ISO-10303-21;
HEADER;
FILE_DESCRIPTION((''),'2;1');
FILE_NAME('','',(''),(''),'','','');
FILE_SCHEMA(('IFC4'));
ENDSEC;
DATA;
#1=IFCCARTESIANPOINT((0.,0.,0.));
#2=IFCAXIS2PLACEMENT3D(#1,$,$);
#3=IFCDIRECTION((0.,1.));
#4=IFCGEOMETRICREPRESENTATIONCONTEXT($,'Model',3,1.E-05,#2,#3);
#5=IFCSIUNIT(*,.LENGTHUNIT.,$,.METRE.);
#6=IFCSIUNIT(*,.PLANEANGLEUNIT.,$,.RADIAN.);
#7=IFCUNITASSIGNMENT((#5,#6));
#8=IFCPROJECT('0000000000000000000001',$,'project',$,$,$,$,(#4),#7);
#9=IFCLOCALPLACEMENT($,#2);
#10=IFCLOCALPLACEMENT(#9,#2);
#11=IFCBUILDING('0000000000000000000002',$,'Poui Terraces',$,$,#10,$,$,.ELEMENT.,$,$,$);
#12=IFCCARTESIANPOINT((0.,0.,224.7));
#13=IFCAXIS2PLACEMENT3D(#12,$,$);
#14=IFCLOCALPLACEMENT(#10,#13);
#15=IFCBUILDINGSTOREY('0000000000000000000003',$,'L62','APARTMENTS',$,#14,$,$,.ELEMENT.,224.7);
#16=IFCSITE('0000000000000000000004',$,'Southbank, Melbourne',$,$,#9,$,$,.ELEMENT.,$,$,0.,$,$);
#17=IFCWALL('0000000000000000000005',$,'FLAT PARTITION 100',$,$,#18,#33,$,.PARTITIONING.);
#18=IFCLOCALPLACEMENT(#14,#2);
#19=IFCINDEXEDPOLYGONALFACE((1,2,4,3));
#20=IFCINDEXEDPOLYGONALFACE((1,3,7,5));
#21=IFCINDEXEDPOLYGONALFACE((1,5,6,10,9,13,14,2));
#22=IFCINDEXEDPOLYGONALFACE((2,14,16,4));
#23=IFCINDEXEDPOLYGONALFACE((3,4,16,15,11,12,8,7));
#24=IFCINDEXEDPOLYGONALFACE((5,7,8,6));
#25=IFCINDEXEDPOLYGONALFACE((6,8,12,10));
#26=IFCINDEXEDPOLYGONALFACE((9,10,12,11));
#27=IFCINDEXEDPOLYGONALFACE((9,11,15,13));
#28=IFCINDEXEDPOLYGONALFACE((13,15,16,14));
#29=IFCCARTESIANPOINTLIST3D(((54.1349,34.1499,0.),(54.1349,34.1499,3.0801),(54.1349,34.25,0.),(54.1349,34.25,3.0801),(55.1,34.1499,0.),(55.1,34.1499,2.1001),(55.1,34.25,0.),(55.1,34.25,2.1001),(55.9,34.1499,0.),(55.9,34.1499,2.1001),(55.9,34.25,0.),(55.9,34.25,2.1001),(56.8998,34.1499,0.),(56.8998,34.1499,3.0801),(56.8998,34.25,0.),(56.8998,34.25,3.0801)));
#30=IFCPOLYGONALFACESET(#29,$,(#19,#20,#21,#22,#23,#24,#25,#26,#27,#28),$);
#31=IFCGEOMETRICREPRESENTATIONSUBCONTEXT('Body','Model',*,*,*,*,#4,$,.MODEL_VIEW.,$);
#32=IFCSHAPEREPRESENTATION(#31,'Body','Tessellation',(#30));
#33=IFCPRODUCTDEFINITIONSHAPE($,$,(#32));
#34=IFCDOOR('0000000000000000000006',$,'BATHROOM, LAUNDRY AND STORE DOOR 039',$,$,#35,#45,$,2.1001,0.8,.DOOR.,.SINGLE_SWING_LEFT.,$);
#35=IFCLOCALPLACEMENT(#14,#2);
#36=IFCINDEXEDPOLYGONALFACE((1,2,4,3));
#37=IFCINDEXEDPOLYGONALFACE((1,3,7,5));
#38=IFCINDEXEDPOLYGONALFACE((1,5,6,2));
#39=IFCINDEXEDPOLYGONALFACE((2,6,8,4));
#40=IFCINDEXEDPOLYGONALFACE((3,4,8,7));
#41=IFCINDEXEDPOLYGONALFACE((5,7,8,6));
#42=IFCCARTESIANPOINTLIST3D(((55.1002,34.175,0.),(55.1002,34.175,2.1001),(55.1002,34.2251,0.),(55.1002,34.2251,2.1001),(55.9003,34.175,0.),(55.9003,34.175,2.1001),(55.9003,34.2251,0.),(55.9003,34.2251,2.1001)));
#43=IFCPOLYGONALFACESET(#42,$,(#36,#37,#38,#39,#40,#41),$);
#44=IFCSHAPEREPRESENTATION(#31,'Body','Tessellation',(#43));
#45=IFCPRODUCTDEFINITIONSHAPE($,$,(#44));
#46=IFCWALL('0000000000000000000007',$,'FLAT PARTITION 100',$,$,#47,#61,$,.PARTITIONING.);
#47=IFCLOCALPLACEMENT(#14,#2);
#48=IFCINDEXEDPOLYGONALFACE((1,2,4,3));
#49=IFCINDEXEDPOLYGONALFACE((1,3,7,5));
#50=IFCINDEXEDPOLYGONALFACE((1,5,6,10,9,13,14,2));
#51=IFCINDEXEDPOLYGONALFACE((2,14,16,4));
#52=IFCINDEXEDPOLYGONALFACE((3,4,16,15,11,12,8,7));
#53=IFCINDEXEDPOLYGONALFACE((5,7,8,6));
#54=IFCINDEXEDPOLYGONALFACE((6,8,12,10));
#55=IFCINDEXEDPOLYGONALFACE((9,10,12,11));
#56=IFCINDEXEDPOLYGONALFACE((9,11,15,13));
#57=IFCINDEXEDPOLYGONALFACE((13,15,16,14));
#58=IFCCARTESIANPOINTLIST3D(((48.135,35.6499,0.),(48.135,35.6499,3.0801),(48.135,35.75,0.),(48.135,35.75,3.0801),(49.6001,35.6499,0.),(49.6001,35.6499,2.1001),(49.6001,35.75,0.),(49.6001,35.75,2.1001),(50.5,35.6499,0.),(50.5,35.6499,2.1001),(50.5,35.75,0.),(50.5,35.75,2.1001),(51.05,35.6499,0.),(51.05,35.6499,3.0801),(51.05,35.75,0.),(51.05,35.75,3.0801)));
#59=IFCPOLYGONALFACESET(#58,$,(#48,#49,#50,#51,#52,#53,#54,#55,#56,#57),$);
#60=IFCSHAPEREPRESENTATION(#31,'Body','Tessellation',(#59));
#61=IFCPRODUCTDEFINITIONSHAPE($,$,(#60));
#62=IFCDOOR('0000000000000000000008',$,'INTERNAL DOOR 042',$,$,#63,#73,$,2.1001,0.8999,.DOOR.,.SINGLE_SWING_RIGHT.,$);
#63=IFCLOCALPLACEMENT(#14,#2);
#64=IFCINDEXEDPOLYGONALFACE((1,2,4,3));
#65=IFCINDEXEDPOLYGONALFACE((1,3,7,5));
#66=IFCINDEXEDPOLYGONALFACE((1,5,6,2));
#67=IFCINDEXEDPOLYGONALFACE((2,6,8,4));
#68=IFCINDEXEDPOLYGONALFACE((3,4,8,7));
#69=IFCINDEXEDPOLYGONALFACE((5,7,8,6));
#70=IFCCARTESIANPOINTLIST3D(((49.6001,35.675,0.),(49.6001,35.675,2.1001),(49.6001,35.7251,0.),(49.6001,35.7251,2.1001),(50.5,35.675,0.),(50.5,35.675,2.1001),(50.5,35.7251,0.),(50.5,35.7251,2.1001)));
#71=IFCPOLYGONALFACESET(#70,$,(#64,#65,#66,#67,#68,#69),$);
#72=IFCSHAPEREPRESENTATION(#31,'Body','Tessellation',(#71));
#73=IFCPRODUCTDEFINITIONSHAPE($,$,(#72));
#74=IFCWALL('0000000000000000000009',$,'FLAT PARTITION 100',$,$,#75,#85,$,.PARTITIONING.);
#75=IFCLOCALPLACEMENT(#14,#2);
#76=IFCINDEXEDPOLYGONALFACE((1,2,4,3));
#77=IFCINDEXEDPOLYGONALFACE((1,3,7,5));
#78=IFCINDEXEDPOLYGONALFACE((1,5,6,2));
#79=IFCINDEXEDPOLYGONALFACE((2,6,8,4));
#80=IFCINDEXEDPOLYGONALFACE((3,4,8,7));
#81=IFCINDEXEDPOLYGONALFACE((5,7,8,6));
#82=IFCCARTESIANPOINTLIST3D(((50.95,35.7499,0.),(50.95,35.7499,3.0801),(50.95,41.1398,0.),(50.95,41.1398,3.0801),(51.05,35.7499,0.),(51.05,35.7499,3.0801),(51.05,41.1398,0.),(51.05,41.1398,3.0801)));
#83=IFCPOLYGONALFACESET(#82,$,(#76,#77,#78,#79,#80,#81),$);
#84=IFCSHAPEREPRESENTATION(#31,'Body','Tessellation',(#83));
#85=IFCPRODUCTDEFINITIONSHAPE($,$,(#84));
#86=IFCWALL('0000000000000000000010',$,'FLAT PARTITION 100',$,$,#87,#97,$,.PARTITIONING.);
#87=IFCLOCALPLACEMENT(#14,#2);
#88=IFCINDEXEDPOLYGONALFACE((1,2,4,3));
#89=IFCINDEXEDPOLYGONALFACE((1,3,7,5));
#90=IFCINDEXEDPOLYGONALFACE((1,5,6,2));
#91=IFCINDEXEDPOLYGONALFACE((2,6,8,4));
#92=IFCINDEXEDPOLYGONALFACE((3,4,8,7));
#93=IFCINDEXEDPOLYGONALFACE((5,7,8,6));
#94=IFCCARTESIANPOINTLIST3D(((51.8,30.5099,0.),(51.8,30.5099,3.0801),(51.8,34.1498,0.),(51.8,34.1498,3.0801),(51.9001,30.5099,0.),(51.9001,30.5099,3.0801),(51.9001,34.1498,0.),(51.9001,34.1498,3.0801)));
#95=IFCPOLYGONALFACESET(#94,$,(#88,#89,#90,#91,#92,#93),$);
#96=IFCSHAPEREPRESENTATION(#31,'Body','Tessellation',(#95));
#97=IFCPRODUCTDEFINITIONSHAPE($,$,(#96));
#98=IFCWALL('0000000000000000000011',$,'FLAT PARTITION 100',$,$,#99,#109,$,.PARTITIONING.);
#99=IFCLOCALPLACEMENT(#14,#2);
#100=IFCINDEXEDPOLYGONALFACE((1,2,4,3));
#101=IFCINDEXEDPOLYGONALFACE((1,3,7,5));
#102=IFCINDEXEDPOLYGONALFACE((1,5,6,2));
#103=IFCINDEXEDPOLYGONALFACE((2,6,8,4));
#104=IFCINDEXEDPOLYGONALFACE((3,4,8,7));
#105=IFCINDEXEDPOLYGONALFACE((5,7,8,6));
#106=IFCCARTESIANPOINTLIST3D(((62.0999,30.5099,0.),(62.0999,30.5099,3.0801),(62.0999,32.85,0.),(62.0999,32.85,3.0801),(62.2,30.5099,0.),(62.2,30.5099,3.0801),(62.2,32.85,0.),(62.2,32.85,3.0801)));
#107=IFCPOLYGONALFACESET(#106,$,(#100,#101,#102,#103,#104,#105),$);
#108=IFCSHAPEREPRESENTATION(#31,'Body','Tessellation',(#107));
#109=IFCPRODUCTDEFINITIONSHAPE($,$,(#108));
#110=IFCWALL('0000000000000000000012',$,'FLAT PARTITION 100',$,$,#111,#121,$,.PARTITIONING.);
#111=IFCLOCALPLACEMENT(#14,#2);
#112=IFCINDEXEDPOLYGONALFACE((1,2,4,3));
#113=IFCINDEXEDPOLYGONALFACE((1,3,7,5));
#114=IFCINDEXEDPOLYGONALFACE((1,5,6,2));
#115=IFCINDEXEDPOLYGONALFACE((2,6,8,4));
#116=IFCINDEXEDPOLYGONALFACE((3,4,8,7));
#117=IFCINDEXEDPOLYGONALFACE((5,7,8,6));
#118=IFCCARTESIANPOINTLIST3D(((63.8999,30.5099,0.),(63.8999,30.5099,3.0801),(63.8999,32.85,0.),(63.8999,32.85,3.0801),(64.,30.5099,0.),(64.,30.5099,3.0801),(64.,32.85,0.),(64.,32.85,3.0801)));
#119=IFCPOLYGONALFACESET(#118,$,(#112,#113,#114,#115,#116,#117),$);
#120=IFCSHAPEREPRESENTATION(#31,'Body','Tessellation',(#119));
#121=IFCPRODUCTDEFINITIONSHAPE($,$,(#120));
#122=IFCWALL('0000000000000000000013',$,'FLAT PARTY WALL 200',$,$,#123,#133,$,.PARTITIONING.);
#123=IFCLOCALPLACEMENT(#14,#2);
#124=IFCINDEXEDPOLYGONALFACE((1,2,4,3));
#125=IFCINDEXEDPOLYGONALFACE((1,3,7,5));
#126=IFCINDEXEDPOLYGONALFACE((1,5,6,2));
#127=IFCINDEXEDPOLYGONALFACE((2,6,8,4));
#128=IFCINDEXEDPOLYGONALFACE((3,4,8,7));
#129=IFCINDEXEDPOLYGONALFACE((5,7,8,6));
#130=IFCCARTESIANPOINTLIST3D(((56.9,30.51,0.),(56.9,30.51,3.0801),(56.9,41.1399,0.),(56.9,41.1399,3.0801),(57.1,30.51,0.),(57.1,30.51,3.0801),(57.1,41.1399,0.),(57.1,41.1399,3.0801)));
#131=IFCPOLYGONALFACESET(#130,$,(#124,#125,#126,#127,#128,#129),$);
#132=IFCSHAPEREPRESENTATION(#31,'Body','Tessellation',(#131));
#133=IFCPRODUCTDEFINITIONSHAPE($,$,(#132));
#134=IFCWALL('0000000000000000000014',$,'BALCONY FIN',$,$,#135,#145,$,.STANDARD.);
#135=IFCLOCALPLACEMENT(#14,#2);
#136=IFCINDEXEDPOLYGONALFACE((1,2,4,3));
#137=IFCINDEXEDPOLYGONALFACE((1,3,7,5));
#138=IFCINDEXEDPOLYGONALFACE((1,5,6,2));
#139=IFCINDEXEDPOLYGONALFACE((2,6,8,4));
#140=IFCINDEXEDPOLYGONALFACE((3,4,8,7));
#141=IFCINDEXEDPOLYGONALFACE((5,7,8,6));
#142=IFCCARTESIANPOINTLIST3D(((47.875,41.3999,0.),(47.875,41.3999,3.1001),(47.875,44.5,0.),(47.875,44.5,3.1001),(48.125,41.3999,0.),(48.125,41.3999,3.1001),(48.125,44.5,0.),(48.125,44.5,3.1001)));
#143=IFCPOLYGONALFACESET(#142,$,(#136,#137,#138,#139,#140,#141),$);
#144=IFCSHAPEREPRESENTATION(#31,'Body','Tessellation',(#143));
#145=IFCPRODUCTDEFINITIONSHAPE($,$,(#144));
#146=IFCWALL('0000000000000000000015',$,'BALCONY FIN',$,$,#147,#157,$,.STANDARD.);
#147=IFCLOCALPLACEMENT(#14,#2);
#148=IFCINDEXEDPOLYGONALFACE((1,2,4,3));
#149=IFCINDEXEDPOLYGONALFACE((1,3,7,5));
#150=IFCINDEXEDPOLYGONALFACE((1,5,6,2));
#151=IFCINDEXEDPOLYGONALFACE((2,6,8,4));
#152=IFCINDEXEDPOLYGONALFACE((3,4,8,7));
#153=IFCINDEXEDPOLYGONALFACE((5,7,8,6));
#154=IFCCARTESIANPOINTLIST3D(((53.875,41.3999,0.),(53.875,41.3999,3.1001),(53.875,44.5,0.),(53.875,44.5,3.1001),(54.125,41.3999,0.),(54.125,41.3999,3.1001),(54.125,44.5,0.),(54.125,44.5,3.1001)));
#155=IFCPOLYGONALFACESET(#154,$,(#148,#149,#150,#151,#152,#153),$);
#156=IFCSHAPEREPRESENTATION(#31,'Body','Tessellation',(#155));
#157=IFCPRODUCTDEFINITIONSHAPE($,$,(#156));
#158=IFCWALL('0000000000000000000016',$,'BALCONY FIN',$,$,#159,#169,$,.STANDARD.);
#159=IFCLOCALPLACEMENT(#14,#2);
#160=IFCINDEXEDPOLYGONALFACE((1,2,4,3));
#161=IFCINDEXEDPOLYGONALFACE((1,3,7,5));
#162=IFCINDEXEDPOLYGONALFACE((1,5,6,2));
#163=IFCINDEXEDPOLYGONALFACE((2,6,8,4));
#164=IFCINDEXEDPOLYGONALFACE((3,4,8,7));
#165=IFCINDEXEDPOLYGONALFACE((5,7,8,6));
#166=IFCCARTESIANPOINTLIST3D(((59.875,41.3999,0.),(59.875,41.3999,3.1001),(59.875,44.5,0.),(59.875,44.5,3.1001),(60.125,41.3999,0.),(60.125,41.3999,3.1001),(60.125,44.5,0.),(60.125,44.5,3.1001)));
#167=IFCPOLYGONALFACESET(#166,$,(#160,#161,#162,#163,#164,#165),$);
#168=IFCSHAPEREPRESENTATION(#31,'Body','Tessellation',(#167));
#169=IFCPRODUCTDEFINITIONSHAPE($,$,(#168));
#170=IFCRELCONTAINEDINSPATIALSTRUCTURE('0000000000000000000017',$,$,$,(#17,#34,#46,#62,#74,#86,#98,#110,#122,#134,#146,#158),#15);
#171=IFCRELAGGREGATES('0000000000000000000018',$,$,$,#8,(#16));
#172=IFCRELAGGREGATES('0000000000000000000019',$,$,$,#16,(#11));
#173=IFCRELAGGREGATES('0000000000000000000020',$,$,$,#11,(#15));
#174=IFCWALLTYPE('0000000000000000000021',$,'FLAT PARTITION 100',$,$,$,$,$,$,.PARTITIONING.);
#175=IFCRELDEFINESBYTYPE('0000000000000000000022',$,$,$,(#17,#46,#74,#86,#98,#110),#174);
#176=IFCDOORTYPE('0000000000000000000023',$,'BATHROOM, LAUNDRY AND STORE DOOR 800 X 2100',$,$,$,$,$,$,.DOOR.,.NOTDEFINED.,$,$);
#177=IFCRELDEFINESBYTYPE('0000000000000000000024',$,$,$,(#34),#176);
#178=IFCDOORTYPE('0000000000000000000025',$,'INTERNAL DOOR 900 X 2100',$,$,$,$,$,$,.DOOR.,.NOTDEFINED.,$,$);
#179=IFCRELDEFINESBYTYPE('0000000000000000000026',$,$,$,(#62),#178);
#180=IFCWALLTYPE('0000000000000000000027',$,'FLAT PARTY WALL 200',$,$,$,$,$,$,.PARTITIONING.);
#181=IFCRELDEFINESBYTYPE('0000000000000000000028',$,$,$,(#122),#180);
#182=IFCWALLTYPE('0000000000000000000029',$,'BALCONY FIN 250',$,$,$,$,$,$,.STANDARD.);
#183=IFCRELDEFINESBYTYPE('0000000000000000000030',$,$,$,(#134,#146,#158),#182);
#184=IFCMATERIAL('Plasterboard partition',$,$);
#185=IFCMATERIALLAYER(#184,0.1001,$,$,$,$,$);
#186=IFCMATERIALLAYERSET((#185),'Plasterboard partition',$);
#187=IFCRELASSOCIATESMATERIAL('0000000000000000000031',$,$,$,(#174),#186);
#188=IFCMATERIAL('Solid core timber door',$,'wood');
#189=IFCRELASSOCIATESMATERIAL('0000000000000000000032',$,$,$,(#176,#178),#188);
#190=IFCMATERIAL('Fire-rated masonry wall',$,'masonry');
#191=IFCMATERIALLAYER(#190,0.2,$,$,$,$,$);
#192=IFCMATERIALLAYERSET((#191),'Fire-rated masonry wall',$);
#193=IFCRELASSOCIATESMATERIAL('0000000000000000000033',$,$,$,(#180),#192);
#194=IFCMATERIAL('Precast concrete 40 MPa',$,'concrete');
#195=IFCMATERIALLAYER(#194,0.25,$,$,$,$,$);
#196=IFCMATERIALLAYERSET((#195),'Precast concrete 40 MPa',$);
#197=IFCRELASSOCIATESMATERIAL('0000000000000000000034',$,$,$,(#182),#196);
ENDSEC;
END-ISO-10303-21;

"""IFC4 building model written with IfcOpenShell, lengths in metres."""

from ifc_helpers import new_model, si_unit, direction, frame, frame_2d, origin, place, context, subcontext, project, spatial, polyline, rectangle, outline, extrude, source, transform, mapped, material, layer, layer_set, type_object, element, fill, save


model = new_model("IFC4")

# Units and contexts
model_context = context("Model", 3, precision=1e-05, world=origin(), true_north=direction((0.0, 1.0)))
body_context = subcontext(model_context, "Body", "Model", "MODEL_VIEW")
ifc_project = project(units=[si_unit("LENGTHUNIT", "METRE"), si_unit("PLANEANGLEUNIT", "RADIAN")], contexts=[model_context])

# Site, building, storey
site_placement = place(None, origin())
site = spatial("IfcSite", under=ifc_project, at=site_placement, Name="Southbank, Melbourne", CompositionType="ELEMENT", RefElevation=0.0)
building_placement = place(site_placement, origin())
building = spatial("IfcBuilding", under=site, at=building_placement, Name="Poui Terraces", CompositionType="ELEMENT")
storey_placement = place(building_placement, frame((0.0, 0.0, 224.7)))
storey = spatial("IfcBuildingStorey", under=building, at=storey_placement, Name="L62", Description="APARTMENTS", CompositionType="ELEMENT", Elevation=224.7)

# Walls, openings, doors
ifc_material_1 = material(Name="Plasterboard partition")
ifc_layer_1 = layer(ifc_material_1, 0.1001)
ifc_layer_set_1 = layer_set([ifc_layer_1], Name="Plasterboard partition")
wall_type_1 = type_object("IfcWallType", Name="FLAT PARTITION 100", PredefinedType="PARTITIONING", material=ifc_layer_set_1)
ifc_material_2 = material(Name="Solid core timber door", Category="wood")
door_type_1 = type_object("IfcDoorType", Name="BATHROOM, LAUNDRY AND STORE DOOR 800 X 2100", OperationType="NOTDEFINED", PredefinedType="DOOR", material=ifc_material_2)
door_type_2 = type_object("IfcDoorType", Name="INTERNAL DOOR 900 X 2100", OperationType="NOTDEFINED", PredefinedType="DOOR", material=ifc_material_2)
wall_1_placement = place(storey_placement, frame((54.135, 34.2, 0.0), z_axis=(0.0, 0.0, 1.0), x_axis=(1.0, 0.0, 0.0)))
wall_1 = element("IfcWall", 1, at=wall_1_placement, inside=storey, type_object=wall_type_1, Name="FLAT PARTITION 100", PredefinedType="PARTITIONING", context=body_context, shape_type="SweptSolid", body=[
    extrude(rectangle(XDim=2.7649, YDim=0.1001, at=frame_2d((1.3823, 0.0))), origin(), (0.0, 0.0, 1.0), 3.0801),
])
opening_1_placement = place(wall_1_placement, frame((0.9651, 0.0, 0.0)))
opening_1 = element("IfcOpeningElement", 2, at=opening_1_placement, cuts=wall_1, PredefinedType="OPENING", context=body_context, shape_type="SweptSolid", body=[
    extrude(rectangle(XDim=0.8, YDim=2.1001, at=frame_2d((0.3999, 1.05))), frame((0.0, 0.0601, 0.0), z_axis=(0.0, -1.0, 0.0), x_axis=(1.0, 0.0, 0.0)), (0.0, 0.0, 1.0), 0.1201),
])
door_1_placement = place(opening_1_placement, frame((0.8, 0.0, 0.0), z_axis=(0.0, 0.0, 1.0), x_axis=(-1.0, 0.0, 0.0)))
door_1 = element("IfcDoor", 3, at=door_1_placement, inside=storey, type_object=door_type_1, Name="BATHROOM, LAUNDRY AND STORE DOOR 039", OperationType="SINGLE_SWING_LEFT", OverallHeight=2.1001, OverallWidth=0.8, PredefinedType="DOOR", context=body_context, shape_type="SweptSolid", body=[
    extrude(rectangle(XDim=0.8, YDim=2.1001, at=frame_2d((0.3999, 1.05))), frame((0.0, 0.0249, 0.0), z_axis=(0.0, -1.0, 0.0), x_axis=(1.0, 0.0, 0.0)), (0.0, 0.0, 1.0), 0.05),
])
fill(opening_1, door_1)
wall_2_placement = place(storey_placement, frame((48.135, 35.7, 0.0), z_axis=(0.0, 0.0, 1.0), x_axis=(1.0, 0.0, 0.0)))
wall_2 = element("IfcWall", 4, at=wall_2_placement, inside=storey, type_object=wall_type_1, Name="FLAT PARTITION 100", PredefinedType="PARTITIONING", context=body_context, shape_type="SweptSolid", body=[
    extrude(rectangle(XDim=2.915, YDim=0.1001, at=frame_2d((1.4575, 0.0))), origin(), (0.0, 0.0, 1.0), 3.0801),
])
opening_2_placement = place(wall_2_placement, frame((1.4651, 0.0, 0.0)))
opening_2 = element("IfcOpeningElement", 5, at=opening_2_placement, cuts=wall_2, PredefinedType="OPENING", context=body_context, shape_type="SweptSolid", body=[
    extrude(rectangle(XDim=0.8999, YDim=2.1001, at=frame_2d((0.45, 1.05))), frame((0.0, 0.0601, 0.0), z_axis=(0.0, -1.0, 0.0), x_axis=(1.0, 0.0, 0.0)), (0.0, 0.0, 1.0), 0.1201),
])
door_2_placement = place(opening_2_placement, frame((0.8999, 0.0, 0.0), z_axis=(0.0, 0.0, 1.0), x_axis=(-1.0, 0.0, 0.0)))
door_2 = element("IfcDoor", 6, at=door_2_placement, inside=storey, type_object=door_type_2, Name="INTERNAL DOOR 042", OperationType="SINGLE_SWING_RIGHT", OverallHeight=2.1001, OverallWidth=0.8999, PredefinedType="DOOR", context=body_context, shape_type="SweptSolid", body=[
    extrude(rectangle(XDim=0.8999, YDim=2.1001, at=frame_2d((0.45, 1.05))), frame((0.0, 0.0249, 0.0), z_axis=(0.0, -1.0, 0.0), x_axis=(1.0, 0.0, 0.0)), (0.0, 0.0, 1.0), 0.05),
])
fill(opening_2, door_2)

# Walls
wall_3_placement = place(storey_placement, frame((51.0, 35.75, 0.0), z_axis=(0.0, 0.0, 1.0), x_axis=(0.0, 1.0, 0.0)))
element("IfcWall", 7, at=wall_3_placement, inside=storey, type_object=wall_type_1, Name="FLAT PARTITION 100", PredefinedType="PARTITIONING", context=body_context, shape_type="SweptSolid", body=[
    extrude(rectangle(XDim=5.3899, YDim=0.1001, at=frame_2d((2.6948, 0.0))), origin(), (0.0, 0.0, 1.0), 3.0801),
])
wall_4_placement = place(storey_placement, frame((51.8501, 30.51, 0.0), z_axis=(0.0, 0.0, 1.0), x_axis=(0.0, 1.0, 0.0)))
element("IfcWall", 8, at=wall_4_placement, inside=storey, type_object=wall_type_1, Name="FLAT PARTITION 100", PredefinedType="PARTITIONING", context=body_context, shape_type="SweptSolid", body=[
    extrude(rectangle(XDim=3.6399, YDim=0.1001, at=frame_2d((1.8198, 0.0))), origin(), (0.0, 0.0, 1.0), 3.0801),
])
for number, where, z_axis, x_axis, name in (
    (9, (62.1499, 30.51, 0.0), (0.0, 0.0, 1.0), (0.0, 1.0, 0.0), "FLAT PARTITION 100"),
    (10, (63.95, 30.51, 0.0), (0.0, 0.0, 1.0), (0.0, 1.0, 0.0), "FLAT PARTITION 100"),
):
    element("IfcWall", number, at=place(storey_placement, frame(where, z_axis=z_axis, x_axis=x_axis)), inside=storey, type_object=wall_type_1, Name=name, PredefinedType="PARTITIONING", context=body_context, shape_type="SweptSolid", body=[
        extrude(rectangle(XDim=2.3401, YDim=0.1001, at=frame_2d((1.1699, 0.0))), origin(), (0.0, 0.0, 1.0), 3.0801),
    ])
ifc_material_3 = material(Name="Fire-rated masonry wall", Category="masonry")
ifc_layer_2 = layer(ifc_material_3, 0.2)
ifc_layer_set_2 = layer_set([ifc_layer_2], Name="Fire-rated masonry wall")
wall_type_2 = type_object("IfcWallType", Name="FLAT PARTY WALL 200", PredefinedType="PARTITIONING", material=ifc_layer_set_2)
wall_5_placement = place(storey_placement, frame((57.0, 30.51, 0.0), z_axis=(0.0, 0.0, 1.0), x_axis=(0.0, 1.0, 0.0)))
element("IfcWall", 11, at=wall_5_placement, inside=storey, type_object=wall_type_2, Name="FLAT PARTY WALL 200", PredefinedType="PARTITIONING", context=body_context, shape_type="SweptSolid", body=[
    extrude(rectangle(XDim=10.6299, YDim=0.2, at=frame_2d((5.3149, 0.0))), origin(), (0.0, 0.0, 1.0), 3.0801),
])
ifc_material_4 = material(Name="Precast concrete 40 MPa", Category="concrete")
ifc_layer_3 = layer(ifc_material_4, 0.25)
ifc_layer_set_3 = layer_set([ifc_layer_3], Name="Precast concrete 40 MPa")
wall_type_3 = type_object("IfcWallType", Name="BALCONY FIN 250", PredefinedType="STANDARD", material=ifc_layer_set_3)
shared_shape_1 = source(origin(), body_context, "Body", "SweptSolid", [
    extrude(outline(polyline([(0.0, 0.0), (0.25, 0.0), (0.25, 3.1001), (0.0, 3.1001), (0.0, 0.0)])), origin(), (0.0, 0.0, 1.0), 3.1001),
])
for number, where, name in (
    (12, (47.875, 41.3999, 0.0), "BALCONY FIN"),
    (13, (53.875, 41.3999, 0.0), "BALCONY FIN"),
    (14, (59.875, 41.3999, 0.0), "BALCONY FIN"),
):
    element("IfcWall", number, at=place(storey_placement, frame(where)), inside=storey, type_object=wall_type_3, Name=name, PredefinedType="STANDARD", context=body_context, shape_type="MappedRepresentation", body=[
        mapped(shared_shape_1, transform((0.0, 0.0, 0.0))),
    ])

save(model, "model.ifc")
